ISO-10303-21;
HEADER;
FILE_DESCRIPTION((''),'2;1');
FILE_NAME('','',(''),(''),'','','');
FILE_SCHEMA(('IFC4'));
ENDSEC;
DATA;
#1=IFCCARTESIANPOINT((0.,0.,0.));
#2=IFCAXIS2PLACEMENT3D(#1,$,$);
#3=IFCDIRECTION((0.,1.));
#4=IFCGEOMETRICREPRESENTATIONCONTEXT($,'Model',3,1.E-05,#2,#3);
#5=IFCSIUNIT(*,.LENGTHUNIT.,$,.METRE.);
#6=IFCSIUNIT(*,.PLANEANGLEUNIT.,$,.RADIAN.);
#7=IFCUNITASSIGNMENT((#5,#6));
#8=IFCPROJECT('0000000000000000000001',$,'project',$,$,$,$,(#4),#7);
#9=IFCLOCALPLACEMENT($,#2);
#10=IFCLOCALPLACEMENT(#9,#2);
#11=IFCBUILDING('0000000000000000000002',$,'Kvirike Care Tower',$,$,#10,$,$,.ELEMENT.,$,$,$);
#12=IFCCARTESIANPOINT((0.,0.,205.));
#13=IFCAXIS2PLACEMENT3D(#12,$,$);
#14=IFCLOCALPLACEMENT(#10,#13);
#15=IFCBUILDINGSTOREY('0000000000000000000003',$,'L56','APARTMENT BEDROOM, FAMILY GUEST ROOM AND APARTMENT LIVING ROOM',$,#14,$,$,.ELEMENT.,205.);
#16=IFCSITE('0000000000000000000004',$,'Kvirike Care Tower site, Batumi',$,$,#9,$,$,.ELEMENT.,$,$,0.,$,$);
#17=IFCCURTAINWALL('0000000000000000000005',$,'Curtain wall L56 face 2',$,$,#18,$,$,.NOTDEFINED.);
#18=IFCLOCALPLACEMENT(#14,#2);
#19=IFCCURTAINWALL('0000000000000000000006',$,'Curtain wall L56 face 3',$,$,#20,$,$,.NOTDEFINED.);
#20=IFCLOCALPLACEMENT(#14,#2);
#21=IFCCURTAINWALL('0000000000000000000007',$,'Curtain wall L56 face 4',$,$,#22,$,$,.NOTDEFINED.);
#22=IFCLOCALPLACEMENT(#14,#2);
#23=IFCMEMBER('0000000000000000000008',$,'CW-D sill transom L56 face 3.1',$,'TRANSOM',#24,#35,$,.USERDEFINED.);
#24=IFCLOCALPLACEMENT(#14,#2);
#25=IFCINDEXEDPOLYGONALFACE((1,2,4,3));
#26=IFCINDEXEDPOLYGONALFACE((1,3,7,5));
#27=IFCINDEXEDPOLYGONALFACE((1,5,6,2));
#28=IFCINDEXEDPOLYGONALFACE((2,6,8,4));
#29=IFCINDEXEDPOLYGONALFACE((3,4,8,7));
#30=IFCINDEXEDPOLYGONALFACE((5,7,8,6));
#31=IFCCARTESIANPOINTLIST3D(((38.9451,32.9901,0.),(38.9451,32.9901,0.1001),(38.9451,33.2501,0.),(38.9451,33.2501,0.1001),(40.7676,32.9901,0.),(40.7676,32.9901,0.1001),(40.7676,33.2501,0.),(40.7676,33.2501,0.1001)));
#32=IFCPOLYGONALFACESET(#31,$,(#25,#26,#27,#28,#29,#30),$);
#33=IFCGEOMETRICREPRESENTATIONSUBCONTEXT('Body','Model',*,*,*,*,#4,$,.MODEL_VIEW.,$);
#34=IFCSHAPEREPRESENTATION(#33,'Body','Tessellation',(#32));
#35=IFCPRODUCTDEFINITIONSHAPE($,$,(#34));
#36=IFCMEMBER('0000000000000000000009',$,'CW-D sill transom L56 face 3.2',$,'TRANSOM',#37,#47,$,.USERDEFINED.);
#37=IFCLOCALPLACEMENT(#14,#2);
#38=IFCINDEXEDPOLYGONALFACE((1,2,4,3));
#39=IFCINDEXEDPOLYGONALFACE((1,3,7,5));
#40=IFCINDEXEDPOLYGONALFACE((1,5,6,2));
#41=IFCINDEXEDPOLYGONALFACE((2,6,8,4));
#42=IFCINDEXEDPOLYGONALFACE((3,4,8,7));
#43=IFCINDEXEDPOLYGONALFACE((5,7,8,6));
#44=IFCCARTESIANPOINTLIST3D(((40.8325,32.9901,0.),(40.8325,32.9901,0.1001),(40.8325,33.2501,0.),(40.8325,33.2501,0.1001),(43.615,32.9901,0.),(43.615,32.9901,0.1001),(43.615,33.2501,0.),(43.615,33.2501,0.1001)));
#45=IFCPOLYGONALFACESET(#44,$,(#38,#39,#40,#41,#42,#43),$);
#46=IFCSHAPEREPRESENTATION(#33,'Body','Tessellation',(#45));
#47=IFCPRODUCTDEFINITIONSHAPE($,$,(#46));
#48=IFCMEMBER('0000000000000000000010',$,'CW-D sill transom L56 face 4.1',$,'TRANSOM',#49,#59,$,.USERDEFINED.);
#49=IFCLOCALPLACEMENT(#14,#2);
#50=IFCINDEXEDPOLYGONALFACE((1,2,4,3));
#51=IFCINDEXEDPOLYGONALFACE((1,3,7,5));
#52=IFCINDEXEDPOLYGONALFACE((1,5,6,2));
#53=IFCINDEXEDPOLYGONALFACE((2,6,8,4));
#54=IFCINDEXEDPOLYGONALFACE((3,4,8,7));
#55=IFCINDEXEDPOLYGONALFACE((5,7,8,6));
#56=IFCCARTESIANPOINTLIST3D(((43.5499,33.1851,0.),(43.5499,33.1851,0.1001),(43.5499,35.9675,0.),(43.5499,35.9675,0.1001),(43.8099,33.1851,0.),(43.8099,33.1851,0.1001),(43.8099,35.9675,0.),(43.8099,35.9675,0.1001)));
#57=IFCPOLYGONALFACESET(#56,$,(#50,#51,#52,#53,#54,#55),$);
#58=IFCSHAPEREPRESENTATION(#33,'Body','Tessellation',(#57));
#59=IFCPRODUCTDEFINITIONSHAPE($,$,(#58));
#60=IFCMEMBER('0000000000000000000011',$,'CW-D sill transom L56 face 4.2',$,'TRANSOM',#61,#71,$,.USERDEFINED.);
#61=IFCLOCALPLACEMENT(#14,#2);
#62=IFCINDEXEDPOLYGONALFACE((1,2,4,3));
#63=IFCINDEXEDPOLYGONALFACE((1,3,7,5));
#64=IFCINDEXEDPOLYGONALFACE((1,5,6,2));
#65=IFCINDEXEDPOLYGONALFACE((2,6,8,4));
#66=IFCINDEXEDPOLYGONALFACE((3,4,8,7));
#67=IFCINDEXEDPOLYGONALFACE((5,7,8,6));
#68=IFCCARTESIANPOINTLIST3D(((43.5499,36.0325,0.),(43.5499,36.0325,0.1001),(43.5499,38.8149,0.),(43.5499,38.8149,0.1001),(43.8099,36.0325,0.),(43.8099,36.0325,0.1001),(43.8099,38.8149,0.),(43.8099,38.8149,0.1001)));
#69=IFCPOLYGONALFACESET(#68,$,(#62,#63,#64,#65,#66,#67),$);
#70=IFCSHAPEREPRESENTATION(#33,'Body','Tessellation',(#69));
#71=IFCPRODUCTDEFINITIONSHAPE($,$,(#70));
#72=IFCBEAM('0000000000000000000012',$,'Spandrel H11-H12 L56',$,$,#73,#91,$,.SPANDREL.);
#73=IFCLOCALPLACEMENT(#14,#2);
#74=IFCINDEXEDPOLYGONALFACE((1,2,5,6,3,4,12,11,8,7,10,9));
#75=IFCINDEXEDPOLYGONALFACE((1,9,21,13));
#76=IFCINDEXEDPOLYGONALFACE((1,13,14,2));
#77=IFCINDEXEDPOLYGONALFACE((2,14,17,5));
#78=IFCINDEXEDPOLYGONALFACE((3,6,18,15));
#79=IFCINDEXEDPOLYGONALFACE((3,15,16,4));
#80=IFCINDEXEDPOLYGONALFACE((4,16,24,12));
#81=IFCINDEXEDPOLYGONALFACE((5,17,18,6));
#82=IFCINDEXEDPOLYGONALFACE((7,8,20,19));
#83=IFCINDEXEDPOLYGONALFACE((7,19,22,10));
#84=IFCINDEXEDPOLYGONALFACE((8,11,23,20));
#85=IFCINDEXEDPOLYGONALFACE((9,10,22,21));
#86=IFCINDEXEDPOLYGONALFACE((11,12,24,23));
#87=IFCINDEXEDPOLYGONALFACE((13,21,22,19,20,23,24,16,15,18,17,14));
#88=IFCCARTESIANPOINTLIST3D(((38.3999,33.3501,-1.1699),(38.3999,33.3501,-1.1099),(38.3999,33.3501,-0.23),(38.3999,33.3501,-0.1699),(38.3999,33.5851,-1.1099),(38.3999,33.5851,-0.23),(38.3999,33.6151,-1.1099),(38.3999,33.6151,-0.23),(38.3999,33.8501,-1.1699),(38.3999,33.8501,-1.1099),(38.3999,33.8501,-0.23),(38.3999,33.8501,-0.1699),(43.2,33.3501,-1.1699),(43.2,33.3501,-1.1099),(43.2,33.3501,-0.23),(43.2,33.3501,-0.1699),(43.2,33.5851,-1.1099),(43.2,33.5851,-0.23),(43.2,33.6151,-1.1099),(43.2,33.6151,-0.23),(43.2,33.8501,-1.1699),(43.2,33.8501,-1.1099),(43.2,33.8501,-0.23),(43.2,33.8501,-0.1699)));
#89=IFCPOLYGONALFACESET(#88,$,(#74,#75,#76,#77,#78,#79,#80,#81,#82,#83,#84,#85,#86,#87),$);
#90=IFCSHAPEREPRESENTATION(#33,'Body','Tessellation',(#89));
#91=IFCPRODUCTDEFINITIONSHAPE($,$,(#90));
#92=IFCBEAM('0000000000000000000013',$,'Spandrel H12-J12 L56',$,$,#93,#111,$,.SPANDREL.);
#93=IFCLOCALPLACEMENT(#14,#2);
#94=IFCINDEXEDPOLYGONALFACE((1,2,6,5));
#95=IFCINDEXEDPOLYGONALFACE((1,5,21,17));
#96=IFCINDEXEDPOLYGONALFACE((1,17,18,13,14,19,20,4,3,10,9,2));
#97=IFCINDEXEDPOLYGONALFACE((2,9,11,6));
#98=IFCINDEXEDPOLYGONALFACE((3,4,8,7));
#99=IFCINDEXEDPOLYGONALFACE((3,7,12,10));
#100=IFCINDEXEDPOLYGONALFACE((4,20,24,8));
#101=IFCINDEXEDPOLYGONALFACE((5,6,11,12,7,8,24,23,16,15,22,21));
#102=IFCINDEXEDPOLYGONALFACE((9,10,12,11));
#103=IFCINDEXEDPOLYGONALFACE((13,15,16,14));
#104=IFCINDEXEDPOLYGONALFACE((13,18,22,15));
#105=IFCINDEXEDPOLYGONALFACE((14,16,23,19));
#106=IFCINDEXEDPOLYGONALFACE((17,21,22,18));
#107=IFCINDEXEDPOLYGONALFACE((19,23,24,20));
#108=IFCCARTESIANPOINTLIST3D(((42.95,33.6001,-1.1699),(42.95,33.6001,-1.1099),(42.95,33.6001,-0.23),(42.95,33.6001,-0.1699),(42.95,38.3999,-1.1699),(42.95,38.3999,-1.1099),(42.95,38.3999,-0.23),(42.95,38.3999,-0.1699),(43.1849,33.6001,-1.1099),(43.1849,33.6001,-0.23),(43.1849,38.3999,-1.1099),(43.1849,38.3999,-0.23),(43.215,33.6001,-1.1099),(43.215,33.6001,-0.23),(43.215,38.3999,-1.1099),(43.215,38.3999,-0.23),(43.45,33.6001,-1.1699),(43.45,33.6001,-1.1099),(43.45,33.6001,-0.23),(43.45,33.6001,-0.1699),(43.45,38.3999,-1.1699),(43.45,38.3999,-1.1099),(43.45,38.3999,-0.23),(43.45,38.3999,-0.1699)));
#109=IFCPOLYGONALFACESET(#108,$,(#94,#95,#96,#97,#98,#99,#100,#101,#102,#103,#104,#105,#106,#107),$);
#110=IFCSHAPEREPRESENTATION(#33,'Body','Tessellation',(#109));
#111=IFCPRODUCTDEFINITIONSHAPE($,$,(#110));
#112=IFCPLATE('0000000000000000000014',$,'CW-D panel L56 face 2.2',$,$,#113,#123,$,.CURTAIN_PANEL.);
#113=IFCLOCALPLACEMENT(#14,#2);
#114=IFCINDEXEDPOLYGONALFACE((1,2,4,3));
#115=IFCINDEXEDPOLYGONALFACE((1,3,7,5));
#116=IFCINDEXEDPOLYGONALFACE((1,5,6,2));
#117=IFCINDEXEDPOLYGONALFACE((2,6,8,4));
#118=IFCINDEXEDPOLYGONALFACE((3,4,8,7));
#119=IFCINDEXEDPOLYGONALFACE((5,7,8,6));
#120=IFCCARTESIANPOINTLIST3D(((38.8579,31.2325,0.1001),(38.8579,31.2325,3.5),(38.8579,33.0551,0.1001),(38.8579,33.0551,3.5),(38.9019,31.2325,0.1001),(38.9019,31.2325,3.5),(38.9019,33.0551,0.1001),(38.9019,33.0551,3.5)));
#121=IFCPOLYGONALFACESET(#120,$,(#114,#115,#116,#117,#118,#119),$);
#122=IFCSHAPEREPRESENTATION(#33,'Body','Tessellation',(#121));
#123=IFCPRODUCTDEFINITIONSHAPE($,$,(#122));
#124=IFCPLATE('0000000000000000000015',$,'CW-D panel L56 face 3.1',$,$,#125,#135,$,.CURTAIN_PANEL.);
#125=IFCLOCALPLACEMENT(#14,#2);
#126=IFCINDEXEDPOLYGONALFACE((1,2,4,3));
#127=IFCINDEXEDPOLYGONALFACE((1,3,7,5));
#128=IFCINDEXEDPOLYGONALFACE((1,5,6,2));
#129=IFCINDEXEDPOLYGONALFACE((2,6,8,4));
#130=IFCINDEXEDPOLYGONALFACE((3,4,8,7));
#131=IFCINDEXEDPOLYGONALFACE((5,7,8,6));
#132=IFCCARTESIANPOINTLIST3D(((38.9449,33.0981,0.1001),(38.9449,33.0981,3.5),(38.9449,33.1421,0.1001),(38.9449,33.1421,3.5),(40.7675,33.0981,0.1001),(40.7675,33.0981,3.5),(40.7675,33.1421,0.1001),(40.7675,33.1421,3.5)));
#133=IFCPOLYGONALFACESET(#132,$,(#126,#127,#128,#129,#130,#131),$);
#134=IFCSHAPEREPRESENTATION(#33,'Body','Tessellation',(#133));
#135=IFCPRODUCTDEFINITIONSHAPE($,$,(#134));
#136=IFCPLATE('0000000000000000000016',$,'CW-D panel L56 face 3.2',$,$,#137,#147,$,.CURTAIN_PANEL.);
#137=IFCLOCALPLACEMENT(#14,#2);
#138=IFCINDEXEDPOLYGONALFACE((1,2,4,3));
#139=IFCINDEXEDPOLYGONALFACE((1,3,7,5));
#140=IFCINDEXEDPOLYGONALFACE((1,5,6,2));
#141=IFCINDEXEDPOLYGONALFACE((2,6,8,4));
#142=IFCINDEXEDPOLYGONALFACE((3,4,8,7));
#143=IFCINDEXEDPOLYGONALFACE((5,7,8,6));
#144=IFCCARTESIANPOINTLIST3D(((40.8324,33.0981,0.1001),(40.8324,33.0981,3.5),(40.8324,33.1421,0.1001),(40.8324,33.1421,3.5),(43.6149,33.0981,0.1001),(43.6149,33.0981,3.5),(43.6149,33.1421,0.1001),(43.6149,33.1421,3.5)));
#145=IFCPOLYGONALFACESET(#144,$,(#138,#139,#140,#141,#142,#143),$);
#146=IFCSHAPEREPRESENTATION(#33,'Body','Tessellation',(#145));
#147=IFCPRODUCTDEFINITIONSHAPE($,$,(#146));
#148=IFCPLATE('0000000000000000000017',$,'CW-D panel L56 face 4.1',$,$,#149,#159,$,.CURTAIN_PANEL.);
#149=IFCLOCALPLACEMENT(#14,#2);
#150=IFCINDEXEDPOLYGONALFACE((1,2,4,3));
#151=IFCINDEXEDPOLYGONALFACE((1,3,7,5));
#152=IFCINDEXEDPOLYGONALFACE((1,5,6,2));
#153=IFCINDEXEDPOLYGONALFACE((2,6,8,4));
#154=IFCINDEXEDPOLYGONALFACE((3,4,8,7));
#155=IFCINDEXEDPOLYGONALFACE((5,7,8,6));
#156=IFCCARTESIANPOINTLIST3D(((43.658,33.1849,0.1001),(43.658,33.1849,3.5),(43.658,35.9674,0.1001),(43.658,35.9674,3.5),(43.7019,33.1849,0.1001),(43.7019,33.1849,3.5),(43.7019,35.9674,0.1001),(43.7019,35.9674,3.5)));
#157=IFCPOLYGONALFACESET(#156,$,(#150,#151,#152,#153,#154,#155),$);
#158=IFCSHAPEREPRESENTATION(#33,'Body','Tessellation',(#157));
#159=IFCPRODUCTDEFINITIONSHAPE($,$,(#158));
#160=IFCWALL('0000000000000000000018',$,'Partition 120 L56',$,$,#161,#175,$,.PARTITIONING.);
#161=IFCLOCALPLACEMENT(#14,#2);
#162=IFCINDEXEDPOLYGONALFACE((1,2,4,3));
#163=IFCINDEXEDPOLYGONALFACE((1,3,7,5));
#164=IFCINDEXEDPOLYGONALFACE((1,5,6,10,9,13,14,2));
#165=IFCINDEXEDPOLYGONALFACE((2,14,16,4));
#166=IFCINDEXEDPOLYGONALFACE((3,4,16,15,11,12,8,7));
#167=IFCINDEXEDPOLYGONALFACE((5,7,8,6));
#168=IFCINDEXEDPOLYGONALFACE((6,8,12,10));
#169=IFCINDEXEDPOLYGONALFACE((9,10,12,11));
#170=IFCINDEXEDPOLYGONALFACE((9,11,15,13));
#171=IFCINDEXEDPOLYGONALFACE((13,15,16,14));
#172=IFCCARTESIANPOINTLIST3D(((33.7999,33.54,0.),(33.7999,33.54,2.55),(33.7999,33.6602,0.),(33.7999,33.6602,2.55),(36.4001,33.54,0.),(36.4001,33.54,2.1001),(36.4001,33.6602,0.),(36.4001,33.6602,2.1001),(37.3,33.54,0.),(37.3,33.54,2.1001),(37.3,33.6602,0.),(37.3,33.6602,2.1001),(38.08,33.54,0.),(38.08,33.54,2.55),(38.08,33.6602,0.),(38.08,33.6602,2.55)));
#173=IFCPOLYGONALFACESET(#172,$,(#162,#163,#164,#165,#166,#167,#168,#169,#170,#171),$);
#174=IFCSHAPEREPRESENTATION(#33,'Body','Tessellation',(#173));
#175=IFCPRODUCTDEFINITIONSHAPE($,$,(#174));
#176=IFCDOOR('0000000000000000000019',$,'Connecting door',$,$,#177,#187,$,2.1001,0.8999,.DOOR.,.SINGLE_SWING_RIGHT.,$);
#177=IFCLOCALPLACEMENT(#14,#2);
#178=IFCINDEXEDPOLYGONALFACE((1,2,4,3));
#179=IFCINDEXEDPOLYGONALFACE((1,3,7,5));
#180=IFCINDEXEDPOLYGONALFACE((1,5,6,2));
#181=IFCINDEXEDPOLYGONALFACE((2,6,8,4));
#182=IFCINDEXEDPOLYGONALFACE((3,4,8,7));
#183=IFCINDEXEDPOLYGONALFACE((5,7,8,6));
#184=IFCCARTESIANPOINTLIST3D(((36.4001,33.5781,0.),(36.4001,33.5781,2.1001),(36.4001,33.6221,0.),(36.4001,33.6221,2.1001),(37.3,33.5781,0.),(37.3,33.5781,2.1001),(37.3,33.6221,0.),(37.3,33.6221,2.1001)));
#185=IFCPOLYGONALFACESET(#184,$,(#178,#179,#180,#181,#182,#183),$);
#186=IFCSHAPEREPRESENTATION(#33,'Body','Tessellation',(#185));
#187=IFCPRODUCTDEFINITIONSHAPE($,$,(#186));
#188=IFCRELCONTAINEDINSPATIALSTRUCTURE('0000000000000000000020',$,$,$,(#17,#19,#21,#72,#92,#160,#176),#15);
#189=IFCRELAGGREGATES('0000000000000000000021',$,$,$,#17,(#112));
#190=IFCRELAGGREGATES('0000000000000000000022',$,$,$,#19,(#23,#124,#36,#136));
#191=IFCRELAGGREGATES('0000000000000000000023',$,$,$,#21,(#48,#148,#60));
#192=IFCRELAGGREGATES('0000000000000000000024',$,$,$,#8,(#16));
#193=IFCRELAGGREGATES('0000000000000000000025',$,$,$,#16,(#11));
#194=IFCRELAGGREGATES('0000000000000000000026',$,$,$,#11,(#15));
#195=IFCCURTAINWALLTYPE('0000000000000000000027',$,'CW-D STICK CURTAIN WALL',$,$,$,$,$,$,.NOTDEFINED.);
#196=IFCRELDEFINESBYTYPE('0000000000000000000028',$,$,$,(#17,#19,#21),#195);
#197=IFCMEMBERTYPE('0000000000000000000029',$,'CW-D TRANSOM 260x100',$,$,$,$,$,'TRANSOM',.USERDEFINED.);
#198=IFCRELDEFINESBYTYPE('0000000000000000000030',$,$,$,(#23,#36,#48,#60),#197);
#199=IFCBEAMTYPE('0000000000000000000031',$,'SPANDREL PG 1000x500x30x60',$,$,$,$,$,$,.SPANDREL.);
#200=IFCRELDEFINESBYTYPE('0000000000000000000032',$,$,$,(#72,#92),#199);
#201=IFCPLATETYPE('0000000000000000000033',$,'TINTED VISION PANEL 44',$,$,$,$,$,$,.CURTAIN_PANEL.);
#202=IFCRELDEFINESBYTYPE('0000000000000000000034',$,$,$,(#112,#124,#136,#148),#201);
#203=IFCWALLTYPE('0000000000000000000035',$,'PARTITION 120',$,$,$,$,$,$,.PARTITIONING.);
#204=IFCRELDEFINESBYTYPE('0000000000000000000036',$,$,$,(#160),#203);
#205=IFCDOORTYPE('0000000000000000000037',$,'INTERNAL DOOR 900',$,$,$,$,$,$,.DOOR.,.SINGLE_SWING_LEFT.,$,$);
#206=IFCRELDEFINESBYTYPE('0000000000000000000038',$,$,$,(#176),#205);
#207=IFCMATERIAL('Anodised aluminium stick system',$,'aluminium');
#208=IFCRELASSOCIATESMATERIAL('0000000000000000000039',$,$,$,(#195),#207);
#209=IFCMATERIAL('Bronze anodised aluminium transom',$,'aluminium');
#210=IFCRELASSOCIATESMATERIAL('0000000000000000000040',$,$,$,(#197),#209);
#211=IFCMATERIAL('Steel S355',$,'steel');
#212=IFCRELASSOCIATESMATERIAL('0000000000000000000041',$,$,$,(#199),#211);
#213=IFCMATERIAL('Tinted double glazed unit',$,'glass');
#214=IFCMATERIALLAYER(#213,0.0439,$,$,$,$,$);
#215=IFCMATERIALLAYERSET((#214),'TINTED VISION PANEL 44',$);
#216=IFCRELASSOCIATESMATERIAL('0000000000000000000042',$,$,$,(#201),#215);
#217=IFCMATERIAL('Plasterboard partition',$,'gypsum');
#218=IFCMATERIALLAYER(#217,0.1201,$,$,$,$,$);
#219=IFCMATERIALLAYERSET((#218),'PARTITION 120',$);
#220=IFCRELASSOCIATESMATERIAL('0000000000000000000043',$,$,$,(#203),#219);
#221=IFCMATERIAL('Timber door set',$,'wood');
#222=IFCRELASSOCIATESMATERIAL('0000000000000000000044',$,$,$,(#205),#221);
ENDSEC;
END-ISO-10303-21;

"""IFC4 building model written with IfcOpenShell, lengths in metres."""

from ifc_helpers import new_model, si_unit, direction, frame, frame_2d, origin, origin_2d, place, context, subcontext, project, spatial, rectangle, i_section, extrude, material, layer, layer_set, material_profile, profile_set, type_object, element, fill, aggregate, save


model = new_model("IFC4")

# Units and contexts
model_context = context("Model", 3, precision=1e-05, world=origin(), true_north=direction((0.0, 1.0)))
body_context = subcontext(model_context, "Body", "Model", "MODEL_VIEW")
ifc_project = project(units=[si_unit("LENGTHUNIT", "METRE"), si_unit("PLANEANGLEUNIT", "RADIAN")], contexts=[model_context])

# Site, building, storey
site_placement = place(None, origin())
site = spatial("IfcSite", under=ifc_project, at=site_placement, Name="Kvirike Care Tower site, Batumi", CompositionType="ELEMENT", RefElevation=0.0)
building_placement = place(site_placement, origin())
building = spatial("IfcBuilding", under=site, at=building_placement, Name="Kvirike Care Tower", CompositionType="ELEMENT")
storey_placement = place(building_placement, frame((0.0, 0.0, 205.0)))
storey = spatial("IfcBuildingStorey", under=building, at=storey_placement, Name="L56", Description="APARTMENT BEDROOM, FAMILY GUEST ROOM AND APARTMENT LIVING ROOM", CompositionType="ELEMENT", Elevation=205.0)

# Curtain walls
ifc_material_1 = material(Name="Anodised aluminium stick system", Category="aluminium")
curtain_wall_type = type_object("IfcCurtainWallType", Name="CW-D STICK CURTAIN WALL", PredefinedType="NOTDEFINED", material=ifc_material_1)
curtain_wall_1_placement = place(storey_placement, origin())
curtain_wall_1 = element("IfcCurtainWall", 1, at=curtain_wall_1_placement, inside=storey, type_object=curtain_wall_type, Name="Curtain wall L56 face 2", PredefinedType="NOTDEFINED")
curtain_wall_2_placement = place(storey_placement, origin())
curtain_wall_2 = element("IfcCurtainWall", 2, at=curtain_wall_2_placement, inside=storey, type_object=curtain_wall_type, Name="Curtain wall L56 face 3", PredefinedType="NOTDEFINED")
curtain_wall_3_placement = place(storey_placement, origin())
curtain_wall_3 = element("IfcCurtainWall", 3, at=curtain_wall_3_placement, inside=storey, type_object=curtain_wall_type, Name="Curtain wall L56 face 4", PredefinedType="NOTDEFINED")

# Members
ifc_material_2 = material(Name="Bronze anodised aluminium transom", Category="aluminium")
ifc_material_profile_1 = material_profile(ifc_material_2, rectangle(XDim=0.26, YDim=0.1001, at=origin_2d()), Name="CW-D TRANSOM 260x100")
ifc_profile_set_1 = profile_set([ifc_material_profile_1], Name="Bronze anodised aluminium transom")
member_type_1 = type_object("IfcMemberType", Name="CW-D TRANSOM 260x100", ElementType="TRANSOM", PredefinedType="USERDEFINED", material=ifc_profile_set_1)
member_1_placement = place(storey_placement, frame((38.9451, 33.1201, 0.05), z_axis=(1.0, 0.0, 0.0), x_axis=(0.0, 1.0, 0.0)))
member_1 = element("IfcMember", 4, at=member_1_placement, type_object=member_type_1, Name="CW-D sill transom L56 face 3.1", ObjectType="TRANSOM", PredefinedType="USERDEFINED", context=body_context, shape_type="SweptSolid", body=[
    extrude(rectangle(XDim=0.26, YDim=0.1001, at=origin_2d()), origin(), (0.0, 0.0, 1.0), 1.8225),
])
member_2_placement = place(storey_placement, frame((40.8325, 33.1201, 0.05), z_axis=(1.0, 0.0, 0.0), x_axis=(0.0, 1.0, 0.0)))
member_2 = element("IfcMember", 5, at=member_2_placement, type_object=member_type_1, Name="CW-D sill transom L56 face 3.2", ObjectType="TRANSOM", PredefinedType="USERDEFINED", context=body_context, shape_type="SweptSolid", body=[
    extrude(rectangle(XDim=0.26, YDim=0.1001, at=origin_2d()), origin(), (0.0, 0.0, 1.0), 2.7825),
])
member_3_placement = place(storey_placement, frame((43.6799, 33.1851, 0.05), z_axis=(0.0, 1.0, 0.0), x_axis=(-1.0, 0.0, 0.0)))
member_3 = element("IfcMember", 6, at=member_3_placement, type_object=member_type_1, Name="CW-D sill transom L56 face 4.1", ObjectType="TRANSOM", PredefinedType="USERDEFINED", context=body_context, shape_type="SweptSolid", body=[
    extrude(rectangle(XDim=0.26, YDim=0.1001, at=origin_2d()), origin(), (0.0, 0.0, 1.0), 2.7825),
])
member_4_placement = place(storey_placement, frame((43.6799, 36.0325, 0.05), z_axis=(0.0, 1.0, 0.0), x_axis=(-1.0, 0.0, 0.0)))
member_4 = element("IfcMember", 7, at=member_4_placement, type_object=member_type_1, Name="CW-D sill transom L56 face 4.2", ObjectType="TRANSOM", PredefinedType="USERDEFINED", context=body_context, shape_type="SweptSolid", body=[
    extrude(rectangle(XDim=0.26, YDim=0.1001, at=origin_2d()), origin(), (0.0, 0.0, 1.0), 2.7825),
])

# Beams
ifc_material_3 = material(Name="Steel S355", Category="steel")
ifc_material_profile_2 = material_profile(ifc_material_3, i_section(OverallWidth=0.5, OverallDepth=1.0, WebThickness=0.03, FlangeThickness=0.0601, at=origin_2d()), Name="PG 1000x500x30x60")
ifc_profile_set_2 = profile_set([ifc_material_profile_2], Name="Steel S355")
beam_type = type_object("IfcBeamType", Name="SPANDREL PG 1000x500x30x60", PredefinedType="SPANDREL", material=ifc_profile_set_2)
beam_1_placement = place(storey_placement, frame((38.3999, 33.6001, -0.6699), z_axis=(1.0, 0.0, 0.0), x_axis=(0.0, 1.0, 0.0)))
element("IfcBeam", 8, at=beam_1_placement, inside=storey, type_object=beam_type, Name="Spandrel H11-H12 L56", PredefinedType="SPANDREL", context=body_context, shape_type="SweptSolid", body=[
    extrude(i_section(OverallWidth=0.5, OverallDepth=1.0, WebThickness=0.03, FlangeThickness=0.0601, at=origin_2d()), origin(), (0.0, 0.0, 1.0), 4.8),
])
beam_2_placement = place(storey_placement, frame((43.2, 33.6001, -0.6699), z_axis=(0.0, 1.0, 0.0), x_axis=(-1.0, 0.0, 0.0)))
element("IfcBeam", 9, at=beam_2_placement, inside=storey, type_object=beam_type, Name="Spandrel H12-J12 L56", PredefinedType="SPANDREL", context=body_context, shape_type="SweptSolid", body=[
    extrude(i_section(OverallWidth=0.5, OverallDepth=1.0, WebThickness=0.03, FlangeThickness=0.0601, at=origin_2d()), origin(), (0.0, 0.0, 1.0), 4.7998),
])

# Plates
ifc_material_4 = material(Name="Tinted double glazed unit", Category="glass")
ifc_layer_1 = layer(ifc_material_4, 0.0439)
ifc_layer_set_1 = layer_set([ifc_layer_1], Name="TINTED VISION PANEL 44")
plate_type = type_object("IfcPlateType", Name="TINTED VISION PANEL 44", PredefinedType="CURTAIN_PANEL", material=ifc_layer_set_1)
plate_1_placement = place(storey_placement, frame((38.8799, 32.1438, 0.1001), z_axis=(0.0, 0.0, 1.0), x_axis=(0.0, 1.0, 0.0)))
plate_1 = element("IfcPlate", 10, at=plate_1_placement, type_object=plate_type, Name="CW-D panel L56 face 2.2", PredefinedType="CURTAIN_PANEL", context=body_context, shape_type="SweptSolid", body=[
    extrude(rectangle(XDim=1.8225, YDim=0.0439, at=origin_2d()), origin(), (0.0, 0.0, 1.0), 3.3999),
])
aggregate(curtain_wall_1, [plate_1])
plate_2_placement = place(storey_placement, frame((39.8562, 33.1201, 0.1001), z_axis=(0.0, 0.0, 1.0), x_axis=(1.0, 0.0, 0.0)))
plate_2 = element("IfcPlate", 11, at=plate_2_placement, type_object=plate_type, Name="CW-D panel L56 face 3.1", PredefinedType="CURTAIN_PANEL", context=body_context, shape_type="SweptSolid", body=[
    extrude(rectangle(XDim=1.8225, YDim=0.0439, at=origin_2d()), origin(), (0.0, 0.0, 1.0), 3.3999),
])
plate_3_placement = place(storey_placement, frame((42.2236, 33.1201, 0.1001), z_axis=(0.0, 0.0, 1.0), x_axis=(1.0, 0.0, 0.0)))
plate_3 = element("IfcPlate", 12, at=plate_3_placement, type_object=plate_type, Name="CW-D panel L56 face 3.2", PredefinedType="CURTAIN_PANEL", context=body_context, shape_type="SweptSolid", body=[
    extrude(rectangle(XDim=2.7825, YDim=0.0439, at=origin_2d()), origin(), (0.0, 0.0, 1.0), 3.3999),
])
aggregate(curtain_wall_2, [member_1, plate_2, member_2, plate_3])
plate_4_placement = place(storey_placement, frame((43.6799, 34.5762, 0.1001), z_axis=(0.0, 0.0, 1.0), x_axis=(0.0, 1.0, 0.0)))
plate_4 = element("IfcPlate", 13, at=plate_4_placement, type_object=plate_type, Name="CW-D panel L56 face 4.1", PredefinedType="CURTAIN_PANEL", context=body_context, shape_type="SweptSolid", body=[
    extrude(rectangle(XDim=2.7825, YDim=0.0439, at=origin_2d()), origin(), (0.0, 0.0, 1.0), 3.3999),
])
aggregate(curtain_wall_3, [member_3, plate_4, member_4])

# Wall, opening, door
ifc_material_5 = material(Name="Plasterboard partition", Category="gypsum")
ifc_layer_2 = layer(ifc_material_5, 0.1201)
ifc_layer_set_2 = layer_set([ifc_layer_2], Name="PARTITION 120")
wall_type_1 = type_object("IfcWallType", Name="PARTITION 120", PredefinedType="PARTITIONING", material=ifc_layer_set_2)
wall_1_placement = place(storey_placement, frame((38.0801, 33.6001, 0.0), z_axis=(0.0, 0.0, 1.0), x_axis=(-1.0, 0.0, 0.0)))
wall_1 = element("IfcWall", 14, at=wall_1_placement, inside=storey, type_object=wall_type_1, Name="Partition 120 L56", PredefinedType="PARTITIONING", context=body_context, shape_type="SweptSolid", body=[
    extrude(rectangle(XDim=4.28, YDim=0.1201, at=frame_2d((2.1401, 0.0))), origin(), (0.0, 0.0, 1.0), 2.55),
])
opening_placement = place(wall_1_placement, frame((0.78, 0.0, 0.0)))
opening = element("IfcOpeningElement", 15, at=opening_placement, cuts=wall_1, PredefinedType="OPENING", context=body_context, shape_type="SweptSolid", body=[
    extrude(rectangle(XDim=0.8999, YDim=2.1001, at=frame_2d((0.45, 1.05))), frame((0.0, 0.0706, 0.0), z_axis=(0.0, -1.0, 0.0), x_axis=(1.0, 0.0, 0.0)), (0.0, 0.0, 1.0), 0.1411),
])
ifc_material_6 = material(Name="Timber door set", Category="wood")
door_type = type_object("IfcDoorType", Name="INTERNAL DOOR 900", OperationType="SINGLE_SWING_LEFT", PredefinedType="DOOR", material=ifc_material_6)
door_placement = place(opening_placement, origin())
door = element("IfcDoor", 16, at=door_placement, inside=storey, type_object=door_type, Name="Connecting door", OperationType="SINGLE_SWING_RIGHT", OverallHeight=2.1001, OverallWidth=0.8999, PredefinedType="DOOR", context=body_context, shape_type="SweptSolid", body=[
    extrude(rectangle(XDim=0.8999, YDim=2.1001, at=frame_2d((0.45, 1.05))), frame((0.0, 0.022, 0.0), z_axis=(0.0, -1.0, 0.0), x_axis=(1.0, 0.0, 0.0)), (0.0, 0.0, 1.0), 0.0439),
])
fill(opening, door)

save(model, "model.ifc")
